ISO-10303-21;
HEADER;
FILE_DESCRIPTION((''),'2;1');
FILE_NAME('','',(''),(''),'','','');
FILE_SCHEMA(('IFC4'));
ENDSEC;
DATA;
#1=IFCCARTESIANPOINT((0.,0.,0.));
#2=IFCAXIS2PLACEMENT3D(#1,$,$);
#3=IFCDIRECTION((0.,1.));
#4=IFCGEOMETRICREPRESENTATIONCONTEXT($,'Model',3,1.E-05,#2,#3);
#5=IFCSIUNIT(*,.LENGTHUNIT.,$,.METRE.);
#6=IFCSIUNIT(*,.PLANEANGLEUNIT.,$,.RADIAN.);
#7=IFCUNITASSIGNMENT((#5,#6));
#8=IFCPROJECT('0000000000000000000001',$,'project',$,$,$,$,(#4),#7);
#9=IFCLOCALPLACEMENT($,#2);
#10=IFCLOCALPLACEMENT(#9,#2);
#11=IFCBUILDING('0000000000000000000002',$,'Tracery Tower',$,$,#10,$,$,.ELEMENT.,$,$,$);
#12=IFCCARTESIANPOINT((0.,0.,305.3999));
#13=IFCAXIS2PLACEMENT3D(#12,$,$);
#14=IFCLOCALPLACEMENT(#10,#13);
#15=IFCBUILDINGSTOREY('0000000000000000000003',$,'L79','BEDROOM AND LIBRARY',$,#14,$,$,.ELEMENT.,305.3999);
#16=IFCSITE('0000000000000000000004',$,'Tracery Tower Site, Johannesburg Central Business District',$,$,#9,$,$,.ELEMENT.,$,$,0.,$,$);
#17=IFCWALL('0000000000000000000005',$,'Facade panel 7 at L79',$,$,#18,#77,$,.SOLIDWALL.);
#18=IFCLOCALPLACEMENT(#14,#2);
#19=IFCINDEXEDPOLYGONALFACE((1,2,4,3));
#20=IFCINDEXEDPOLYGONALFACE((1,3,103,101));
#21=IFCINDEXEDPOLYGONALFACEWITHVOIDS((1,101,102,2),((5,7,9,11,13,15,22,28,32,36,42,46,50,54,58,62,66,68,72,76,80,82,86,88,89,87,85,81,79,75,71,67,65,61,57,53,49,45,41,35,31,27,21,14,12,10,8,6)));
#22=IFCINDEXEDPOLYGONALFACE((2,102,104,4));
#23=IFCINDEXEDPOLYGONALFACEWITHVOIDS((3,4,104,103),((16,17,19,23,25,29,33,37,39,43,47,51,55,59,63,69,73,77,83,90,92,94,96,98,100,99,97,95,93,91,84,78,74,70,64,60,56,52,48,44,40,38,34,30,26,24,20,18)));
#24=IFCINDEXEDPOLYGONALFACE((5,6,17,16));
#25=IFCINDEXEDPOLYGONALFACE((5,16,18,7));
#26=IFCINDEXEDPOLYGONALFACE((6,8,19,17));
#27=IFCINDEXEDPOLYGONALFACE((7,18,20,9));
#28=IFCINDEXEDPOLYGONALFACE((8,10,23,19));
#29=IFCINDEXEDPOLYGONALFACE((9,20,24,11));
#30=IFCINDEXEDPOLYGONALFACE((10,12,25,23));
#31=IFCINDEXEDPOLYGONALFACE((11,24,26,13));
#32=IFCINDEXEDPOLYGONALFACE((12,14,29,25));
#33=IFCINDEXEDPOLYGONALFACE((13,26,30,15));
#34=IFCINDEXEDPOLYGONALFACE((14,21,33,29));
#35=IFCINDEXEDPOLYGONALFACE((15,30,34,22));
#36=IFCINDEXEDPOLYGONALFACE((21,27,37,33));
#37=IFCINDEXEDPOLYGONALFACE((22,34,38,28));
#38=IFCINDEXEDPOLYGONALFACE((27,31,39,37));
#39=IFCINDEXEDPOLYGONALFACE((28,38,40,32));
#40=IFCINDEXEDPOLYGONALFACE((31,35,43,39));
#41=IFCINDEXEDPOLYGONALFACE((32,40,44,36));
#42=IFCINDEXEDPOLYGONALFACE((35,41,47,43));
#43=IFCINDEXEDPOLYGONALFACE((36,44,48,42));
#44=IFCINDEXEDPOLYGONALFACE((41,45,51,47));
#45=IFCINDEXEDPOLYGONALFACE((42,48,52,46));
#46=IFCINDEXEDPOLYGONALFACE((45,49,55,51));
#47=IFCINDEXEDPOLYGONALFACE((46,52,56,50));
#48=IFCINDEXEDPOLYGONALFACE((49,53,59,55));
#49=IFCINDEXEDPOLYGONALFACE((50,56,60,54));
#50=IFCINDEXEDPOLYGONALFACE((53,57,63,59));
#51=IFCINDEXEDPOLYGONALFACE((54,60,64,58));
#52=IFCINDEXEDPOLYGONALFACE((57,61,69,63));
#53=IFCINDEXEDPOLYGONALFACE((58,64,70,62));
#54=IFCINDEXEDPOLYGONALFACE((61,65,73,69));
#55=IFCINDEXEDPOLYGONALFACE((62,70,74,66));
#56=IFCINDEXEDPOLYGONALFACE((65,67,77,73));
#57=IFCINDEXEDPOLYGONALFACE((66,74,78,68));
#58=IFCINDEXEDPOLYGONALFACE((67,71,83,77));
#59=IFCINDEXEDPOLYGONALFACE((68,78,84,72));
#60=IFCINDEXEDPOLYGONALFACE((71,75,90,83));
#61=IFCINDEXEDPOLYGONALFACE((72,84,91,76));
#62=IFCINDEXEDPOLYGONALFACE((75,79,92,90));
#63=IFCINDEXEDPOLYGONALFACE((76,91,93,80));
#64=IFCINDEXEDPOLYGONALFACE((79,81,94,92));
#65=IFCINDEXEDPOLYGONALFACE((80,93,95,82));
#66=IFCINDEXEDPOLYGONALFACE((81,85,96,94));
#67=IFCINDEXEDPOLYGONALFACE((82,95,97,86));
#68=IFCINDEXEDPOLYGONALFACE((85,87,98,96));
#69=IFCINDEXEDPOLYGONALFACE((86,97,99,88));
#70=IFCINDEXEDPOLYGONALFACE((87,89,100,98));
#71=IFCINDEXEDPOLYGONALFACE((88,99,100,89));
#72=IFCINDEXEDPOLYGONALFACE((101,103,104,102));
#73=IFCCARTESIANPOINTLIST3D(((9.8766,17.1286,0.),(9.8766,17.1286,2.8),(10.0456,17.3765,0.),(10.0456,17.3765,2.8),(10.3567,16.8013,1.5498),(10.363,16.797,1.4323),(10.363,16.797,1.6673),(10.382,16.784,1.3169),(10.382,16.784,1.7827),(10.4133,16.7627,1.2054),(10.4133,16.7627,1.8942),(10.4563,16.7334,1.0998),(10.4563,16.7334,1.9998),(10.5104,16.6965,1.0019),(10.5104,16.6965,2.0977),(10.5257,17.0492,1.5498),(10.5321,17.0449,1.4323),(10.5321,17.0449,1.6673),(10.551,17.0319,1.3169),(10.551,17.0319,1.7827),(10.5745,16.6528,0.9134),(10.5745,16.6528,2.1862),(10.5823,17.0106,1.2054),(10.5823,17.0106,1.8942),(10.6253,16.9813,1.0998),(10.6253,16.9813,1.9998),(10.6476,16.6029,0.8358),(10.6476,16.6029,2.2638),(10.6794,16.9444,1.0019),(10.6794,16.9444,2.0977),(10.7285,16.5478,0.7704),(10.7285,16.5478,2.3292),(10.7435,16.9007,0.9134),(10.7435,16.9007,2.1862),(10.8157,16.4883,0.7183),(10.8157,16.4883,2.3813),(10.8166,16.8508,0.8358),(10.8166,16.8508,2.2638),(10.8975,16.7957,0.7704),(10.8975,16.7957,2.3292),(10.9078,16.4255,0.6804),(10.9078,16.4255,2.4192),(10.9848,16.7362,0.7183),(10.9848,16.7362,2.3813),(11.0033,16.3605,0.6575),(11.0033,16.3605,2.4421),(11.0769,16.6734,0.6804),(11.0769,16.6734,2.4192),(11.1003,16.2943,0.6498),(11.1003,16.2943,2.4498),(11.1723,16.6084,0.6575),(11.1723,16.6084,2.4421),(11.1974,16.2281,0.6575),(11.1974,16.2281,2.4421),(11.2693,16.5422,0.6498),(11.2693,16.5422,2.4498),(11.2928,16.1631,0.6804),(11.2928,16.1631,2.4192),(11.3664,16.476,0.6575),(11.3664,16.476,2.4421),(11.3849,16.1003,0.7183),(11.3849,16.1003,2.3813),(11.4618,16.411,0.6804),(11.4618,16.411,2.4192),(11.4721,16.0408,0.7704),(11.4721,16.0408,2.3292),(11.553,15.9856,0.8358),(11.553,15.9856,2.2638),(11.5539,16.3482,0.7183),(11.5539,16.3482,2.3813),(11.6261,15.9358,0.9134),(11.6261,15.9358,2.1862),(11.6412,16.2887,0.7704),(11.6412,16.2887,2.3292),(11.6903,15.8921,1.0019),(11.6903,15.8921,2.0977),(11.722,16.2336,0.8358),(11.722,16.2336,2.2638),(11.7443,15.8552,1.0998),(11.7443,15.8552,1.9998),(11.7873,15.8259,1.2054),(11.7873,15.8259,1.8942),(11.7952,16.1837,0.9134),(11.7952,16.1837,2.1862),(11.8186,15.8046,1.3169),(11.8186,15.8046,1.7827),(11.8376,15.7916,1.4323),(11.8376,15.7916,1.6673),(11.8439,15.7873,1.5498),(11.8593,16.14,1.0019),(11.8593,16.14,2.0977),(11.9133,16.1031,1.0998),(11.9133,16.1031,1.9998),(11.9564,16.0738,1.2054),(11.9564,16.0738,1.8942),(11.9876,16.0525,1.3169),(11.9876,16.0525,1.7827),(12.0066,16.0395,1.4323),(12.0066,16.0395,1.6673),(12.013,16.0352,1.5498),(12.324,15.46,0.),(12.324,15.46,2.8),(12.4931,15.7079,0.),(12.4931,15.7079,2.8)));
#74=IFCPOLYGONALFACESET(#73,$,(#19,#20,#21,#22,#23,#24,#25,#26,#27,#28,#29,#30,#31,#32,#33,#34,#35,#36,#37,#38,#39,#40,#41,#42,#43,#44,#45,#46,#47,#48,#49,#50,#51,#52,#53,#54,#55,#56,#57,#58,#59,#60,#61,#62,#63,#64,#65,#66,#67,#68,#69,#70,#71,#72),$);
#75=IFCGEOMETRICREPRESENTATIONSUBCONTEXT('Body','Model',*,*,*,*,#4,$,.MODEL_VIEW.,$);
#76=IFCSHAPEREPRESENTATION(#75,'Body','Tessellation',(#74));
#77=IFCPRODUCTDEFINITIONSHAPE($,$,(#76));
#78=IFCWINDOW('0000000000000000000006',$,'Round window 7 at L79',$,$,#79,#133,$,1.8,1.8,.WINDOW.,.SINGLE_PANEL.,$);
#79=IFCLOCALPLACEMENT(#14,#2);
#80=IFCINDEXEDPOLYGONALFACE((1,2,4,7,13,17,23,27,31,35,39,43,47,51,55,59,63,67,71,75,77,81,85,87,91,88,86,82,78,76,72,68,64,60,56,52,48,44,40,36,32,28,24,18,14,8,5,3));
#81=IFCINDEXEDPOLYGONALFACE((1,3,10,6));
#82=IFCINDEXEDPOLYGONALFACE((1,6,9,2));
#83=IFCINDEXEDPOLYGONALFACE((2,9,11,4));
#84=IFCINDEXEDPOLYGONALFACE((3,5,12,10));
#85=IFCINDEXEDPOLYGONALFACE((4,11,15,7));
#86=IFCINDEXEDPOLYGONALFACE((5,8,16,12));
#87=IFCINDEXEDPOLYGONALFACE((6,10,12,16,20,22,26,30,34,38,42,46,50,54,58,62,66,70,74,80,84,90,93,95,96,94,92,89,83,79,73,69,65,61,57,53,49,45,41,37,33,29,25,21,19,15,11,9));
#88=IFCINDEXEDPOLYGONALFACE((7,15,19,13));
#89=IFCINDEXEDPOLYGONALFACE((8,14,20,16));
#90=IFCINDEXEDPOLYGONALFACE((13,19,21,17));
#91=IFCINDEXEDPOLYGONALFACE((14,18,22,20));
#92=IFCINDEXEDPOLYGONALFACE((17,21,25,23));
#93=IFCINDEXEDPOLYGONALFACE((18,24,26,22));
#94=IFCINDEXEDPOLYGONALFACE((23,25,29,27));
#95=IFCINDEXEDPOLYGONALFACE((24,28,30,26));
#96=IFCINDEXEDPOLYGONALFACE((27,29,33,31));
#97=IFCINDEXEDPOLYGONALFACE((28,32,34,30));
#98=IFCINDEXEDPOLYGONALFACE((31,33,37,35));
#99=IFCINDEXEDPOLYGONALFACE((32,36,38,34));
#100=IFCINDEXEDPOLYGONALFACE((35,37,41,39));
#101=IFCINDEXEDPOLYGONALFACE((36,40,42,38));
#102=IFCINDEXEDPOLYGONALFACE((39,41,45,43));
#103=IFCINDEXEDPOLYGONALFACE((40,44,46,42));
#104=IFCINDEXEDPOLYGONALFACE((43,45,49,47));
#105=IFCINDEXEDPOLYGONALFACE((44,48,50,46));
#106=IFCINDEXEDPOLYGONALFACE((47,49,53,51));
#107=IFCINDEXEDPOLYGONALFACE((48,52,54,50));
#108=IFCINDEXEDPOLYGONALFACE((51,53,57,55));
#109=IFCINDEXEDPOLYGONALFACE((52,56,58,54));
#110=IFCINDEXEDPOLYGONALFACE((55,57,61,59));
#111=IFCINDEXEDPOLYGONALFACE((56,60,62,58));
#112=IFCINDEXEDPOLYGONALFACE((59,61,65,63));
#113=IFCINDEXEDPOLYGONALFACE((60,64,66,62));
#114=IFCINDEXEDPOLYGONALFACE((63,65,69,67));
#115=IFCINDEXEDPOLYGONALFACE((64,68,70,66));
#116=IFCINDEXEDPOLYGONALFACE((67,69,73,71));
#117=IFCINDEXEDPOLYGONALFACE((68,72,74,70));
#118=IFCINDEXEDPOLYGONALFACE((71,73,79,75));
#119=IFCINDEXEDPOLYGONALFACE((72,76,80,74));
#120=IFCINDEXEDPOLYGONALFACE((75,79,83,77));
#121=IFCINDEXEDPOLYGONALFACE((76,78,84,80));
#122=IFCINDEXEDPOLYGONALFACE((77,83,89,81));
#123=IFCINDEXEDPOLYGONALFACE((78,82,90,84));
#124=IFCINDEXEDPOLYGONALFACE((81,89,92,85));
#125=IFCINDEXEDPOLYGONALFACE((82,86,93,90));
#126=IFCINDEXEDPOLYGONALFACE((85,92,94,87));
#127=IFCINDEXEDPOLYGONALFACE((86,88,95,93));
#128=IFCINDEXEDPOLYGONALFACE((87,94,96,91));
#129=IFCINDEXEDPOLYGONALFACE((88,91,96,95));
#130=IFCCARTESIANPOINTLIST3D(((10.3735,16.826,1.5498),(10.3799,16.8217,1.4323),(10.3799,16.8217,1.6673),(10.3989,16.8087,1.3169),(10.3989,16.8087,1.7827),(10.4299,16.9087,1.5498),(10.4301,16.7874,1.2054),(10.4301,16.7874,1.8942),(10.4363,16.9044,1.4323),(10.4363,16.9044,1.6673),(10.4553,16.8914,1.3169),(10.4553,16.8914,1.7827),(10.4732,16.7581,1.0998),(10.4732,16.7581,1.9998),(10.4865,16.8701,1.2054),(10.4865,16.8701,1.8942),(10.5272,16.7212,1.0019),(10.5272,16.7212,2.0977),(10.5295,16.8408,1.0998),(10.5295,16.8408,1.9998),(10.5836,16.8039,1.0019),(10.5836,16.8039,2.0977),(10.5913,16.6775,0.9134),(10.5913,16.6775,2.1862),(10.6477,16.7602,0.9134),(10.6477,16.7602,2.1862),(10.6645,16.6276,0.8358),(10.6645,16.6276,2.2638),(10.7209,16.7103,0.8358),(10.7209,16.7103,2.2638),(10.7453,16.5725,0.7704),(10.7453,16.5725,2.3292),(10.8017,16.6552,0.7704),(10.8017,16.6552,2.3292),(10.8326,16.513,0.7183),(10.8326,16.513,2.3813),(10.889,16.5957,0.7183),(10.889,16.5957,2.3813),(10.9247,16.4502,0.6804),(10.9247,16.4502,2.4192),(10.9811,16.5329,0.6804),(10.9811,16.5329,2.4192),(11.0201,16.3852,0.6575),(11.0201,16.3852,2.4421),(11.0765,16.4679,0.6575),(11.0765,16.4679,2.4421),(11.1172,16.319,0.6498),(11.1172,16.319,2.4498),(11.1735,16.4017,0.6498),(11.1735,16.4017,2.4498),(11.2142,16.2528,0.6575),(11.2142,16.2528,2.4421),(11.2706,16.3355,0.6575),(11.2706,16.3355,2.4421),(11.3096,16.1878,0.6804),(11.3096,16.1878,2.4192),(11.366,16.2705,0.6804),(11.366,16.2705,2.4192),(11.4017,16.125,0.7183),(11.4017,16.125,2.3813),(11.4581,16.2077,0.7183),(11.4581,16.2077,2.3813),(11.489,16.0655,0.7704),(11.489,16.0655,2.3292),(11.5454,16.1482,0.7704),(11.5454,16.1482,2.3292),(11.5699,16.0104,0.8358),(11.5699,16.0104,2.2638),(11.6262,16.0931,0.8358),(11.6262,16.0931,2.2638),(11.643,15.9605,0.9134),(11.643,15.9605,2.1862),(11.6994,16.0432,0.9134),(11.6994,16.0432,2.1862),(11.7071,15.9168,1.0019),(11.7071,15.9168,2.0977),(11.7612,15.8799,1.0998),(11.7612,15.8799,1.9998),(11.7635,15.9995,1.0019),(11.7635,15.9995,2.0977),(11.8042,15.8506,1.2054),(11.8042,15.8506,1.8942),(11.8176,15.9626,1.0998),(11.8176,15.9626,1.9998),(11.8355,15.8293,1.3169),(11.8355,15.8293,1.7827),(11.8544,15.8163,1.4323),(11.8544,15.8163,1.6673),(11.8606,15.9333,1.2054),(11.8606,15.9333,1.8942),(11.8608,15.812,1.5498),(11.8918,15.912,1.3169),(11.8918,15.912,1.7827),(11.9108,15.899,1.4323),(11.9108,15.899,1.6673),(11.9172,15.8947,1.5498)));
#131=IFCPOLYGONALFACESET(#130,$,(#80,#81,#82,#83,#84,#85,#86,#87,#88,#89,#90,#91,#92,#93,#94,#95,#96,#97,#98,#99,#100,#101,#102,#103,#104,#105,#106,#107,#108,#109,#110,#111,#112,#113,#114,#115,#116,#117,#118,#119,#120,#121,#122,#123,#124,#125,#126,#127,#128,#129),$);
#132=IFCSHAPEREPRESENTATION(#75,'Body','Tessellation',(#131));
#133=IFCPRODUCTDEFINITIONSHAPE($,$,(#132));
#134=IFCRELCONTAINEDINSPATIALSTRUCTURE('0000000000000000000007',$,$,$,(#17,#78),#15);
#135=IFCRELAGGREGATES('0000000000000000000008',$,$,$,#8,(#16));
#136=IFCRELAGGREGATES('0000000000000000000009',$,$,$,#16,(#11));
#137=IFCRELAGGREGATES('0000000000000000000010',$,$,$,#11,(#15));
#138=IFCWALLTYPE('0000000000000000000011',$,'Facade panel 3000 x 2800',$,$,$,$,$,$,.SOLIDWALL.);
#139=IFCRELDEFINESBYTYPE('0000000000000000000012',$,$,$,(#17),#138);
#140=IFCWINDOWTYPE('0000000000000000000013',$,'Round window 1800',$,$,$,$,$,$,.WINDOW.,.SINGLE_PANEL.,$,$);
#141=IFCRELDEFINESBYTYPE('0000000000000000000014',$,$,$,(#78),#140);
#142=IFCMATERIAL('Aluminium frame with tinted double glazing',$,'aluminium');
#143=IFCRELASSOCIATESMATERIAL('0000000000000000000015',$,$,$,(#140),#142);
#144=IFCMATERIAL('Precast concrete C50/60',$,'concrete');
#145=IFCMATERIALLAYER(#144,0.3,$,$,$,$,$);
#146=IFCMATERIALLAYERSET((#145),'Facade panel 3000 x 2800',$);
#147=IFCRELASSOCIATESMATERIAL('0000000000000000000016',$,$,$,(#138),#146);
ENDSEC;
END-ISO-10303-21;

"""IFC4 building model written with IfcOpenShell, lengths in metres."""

from ifc_helpers import new_model, si_unit, direction, frame, frame_2d, origin, origin_2d, place, context, subcontext, project, spatial, rectangle, circle, extrude, material, layer, layer_set, type_object, element, fill, save


model = new_model("IFC4")

# Units and contexts
model_context = context("Model", 3, precision=1e-05, world=origin(), true_north=direction((0.0, 1.0)))
body_context = subcontext(model_context, "Body", "Model", "MODEL_VIEW")
ifc_project = project(units=[si_unit("LENGTHUNIT", "METRE"), si_unit("PLANEANGLEUNIT", "RADIAN")], contexts=[model_context])

# Site, building, storey
site_placement = place(None, origin())
site = spatial("IfcSite", under=ifc_project, at=site_placement, Name="Tracery Tower Site, Johannesburg Central Business District", CompositionType="ELEMENT", RefElevation=0.0)
building_placement = place(site_placement, origin())
building = spatial("IfcBuilding", under=site, at=building_placement, Name="Tracery Tower", CompositionType="ELEMENT")
storey_placement = place(building_placement, frame((0.0, 0.0, 305.3999)))
storey = spatial("IfcBuildingStorey", under=building, at=storey_placement, Name="L79", Description="BEDROOM AND LIBRARY", CompositionType="ELEMENT", Elevation=305.3999)

# Wall, opening, window
ifc_material_1 = material(Name="Aluminium frame with tinted double glazing", Category="aluminium")
window_type = type_object("IfcWindowType", Name="Round window 1800", PartitioningType="SINGLE_PANEL", PredefinedType="WINDOW", material=ifc_material_1)
ifc_material_2 = material(Name="Precast concrete C50/60", Category="concrete")
ifc_layer_1 = layer(ifc_material_2, 0.3)
ifc_layer_set_1 = layer_set([ifc_layer_1], Name="Facade panel 3000 x 2800")
wall_type_1 = type_object("IfcWallType", Name="Facade panel 3000 x 2800", PredefinedType="SOLIDWALL", material=ifc_layer_set_1)
wall_1_placement = place(storey_placement, frame((12.4084, 15.584, 0.0), z_axis=(0.0, 0.0, 1.0), x_axis=(-0.826236, 0.563324, 0.0)))
wall_1 = element("IfcWall", 1, at=wall_1_placement, inside=storey, type_object=wall_type_1, Name="Facade panel 7 at L79", PredefinedType="SOLIDWALL", context=body_context, shape_type="SweptSolid", body=[
    extrude(rectangle(XDim=2.9622, YDim=0.3, at=frame_2d((1.481, 0.0))), origin(), (0.0, 0.0, 1.0), 2.8),
])
opening_1_placement = place(wall_1_placement, frame((1.481, 0.0, 1.5498)))
opening_1 = element("IfcOpeningElement", 2, at=opening_1_placement, cuts=wall_1, PredefinedType="OPENING", context=body_context, shape_type="SweptSolid", body=[
    extrude(circle(Radius=0.9, at=origin_2d()), frame((0.0, 0.1599, 0.0), z_axis=(0.0, -1.0, 0.0), x_axis=(1.0, 0.0, 0.0)), (0.0, 0.0, 1.0), 0.3201),
])
window_1_placement = place(opening_1_placement, origin())
window_1 = element("IfcWindow", 3, at=window_1_placement, inside=storey, type_object=window_type, Name="Round window 7 at L79", OverallHeight=1.8, OverallWidth=1.8, PartitioningType="SINGLE_PANEL", PredefinedType="WINDOW", context=body_context, shape_type="SweptSolid", body=[
    extrude(circle(Radius=0.9, at=origin_2d()), frame((0.0, 0.1201, 0.0), z_axis=(0.0, -1.0, 0.0), x_axis=(1.0, 0.0, 0.0)), (0.0, 0.0, 1.0), 0.1001),
])
fill(opening_1, window_1)

save(model, "model.ifc")
